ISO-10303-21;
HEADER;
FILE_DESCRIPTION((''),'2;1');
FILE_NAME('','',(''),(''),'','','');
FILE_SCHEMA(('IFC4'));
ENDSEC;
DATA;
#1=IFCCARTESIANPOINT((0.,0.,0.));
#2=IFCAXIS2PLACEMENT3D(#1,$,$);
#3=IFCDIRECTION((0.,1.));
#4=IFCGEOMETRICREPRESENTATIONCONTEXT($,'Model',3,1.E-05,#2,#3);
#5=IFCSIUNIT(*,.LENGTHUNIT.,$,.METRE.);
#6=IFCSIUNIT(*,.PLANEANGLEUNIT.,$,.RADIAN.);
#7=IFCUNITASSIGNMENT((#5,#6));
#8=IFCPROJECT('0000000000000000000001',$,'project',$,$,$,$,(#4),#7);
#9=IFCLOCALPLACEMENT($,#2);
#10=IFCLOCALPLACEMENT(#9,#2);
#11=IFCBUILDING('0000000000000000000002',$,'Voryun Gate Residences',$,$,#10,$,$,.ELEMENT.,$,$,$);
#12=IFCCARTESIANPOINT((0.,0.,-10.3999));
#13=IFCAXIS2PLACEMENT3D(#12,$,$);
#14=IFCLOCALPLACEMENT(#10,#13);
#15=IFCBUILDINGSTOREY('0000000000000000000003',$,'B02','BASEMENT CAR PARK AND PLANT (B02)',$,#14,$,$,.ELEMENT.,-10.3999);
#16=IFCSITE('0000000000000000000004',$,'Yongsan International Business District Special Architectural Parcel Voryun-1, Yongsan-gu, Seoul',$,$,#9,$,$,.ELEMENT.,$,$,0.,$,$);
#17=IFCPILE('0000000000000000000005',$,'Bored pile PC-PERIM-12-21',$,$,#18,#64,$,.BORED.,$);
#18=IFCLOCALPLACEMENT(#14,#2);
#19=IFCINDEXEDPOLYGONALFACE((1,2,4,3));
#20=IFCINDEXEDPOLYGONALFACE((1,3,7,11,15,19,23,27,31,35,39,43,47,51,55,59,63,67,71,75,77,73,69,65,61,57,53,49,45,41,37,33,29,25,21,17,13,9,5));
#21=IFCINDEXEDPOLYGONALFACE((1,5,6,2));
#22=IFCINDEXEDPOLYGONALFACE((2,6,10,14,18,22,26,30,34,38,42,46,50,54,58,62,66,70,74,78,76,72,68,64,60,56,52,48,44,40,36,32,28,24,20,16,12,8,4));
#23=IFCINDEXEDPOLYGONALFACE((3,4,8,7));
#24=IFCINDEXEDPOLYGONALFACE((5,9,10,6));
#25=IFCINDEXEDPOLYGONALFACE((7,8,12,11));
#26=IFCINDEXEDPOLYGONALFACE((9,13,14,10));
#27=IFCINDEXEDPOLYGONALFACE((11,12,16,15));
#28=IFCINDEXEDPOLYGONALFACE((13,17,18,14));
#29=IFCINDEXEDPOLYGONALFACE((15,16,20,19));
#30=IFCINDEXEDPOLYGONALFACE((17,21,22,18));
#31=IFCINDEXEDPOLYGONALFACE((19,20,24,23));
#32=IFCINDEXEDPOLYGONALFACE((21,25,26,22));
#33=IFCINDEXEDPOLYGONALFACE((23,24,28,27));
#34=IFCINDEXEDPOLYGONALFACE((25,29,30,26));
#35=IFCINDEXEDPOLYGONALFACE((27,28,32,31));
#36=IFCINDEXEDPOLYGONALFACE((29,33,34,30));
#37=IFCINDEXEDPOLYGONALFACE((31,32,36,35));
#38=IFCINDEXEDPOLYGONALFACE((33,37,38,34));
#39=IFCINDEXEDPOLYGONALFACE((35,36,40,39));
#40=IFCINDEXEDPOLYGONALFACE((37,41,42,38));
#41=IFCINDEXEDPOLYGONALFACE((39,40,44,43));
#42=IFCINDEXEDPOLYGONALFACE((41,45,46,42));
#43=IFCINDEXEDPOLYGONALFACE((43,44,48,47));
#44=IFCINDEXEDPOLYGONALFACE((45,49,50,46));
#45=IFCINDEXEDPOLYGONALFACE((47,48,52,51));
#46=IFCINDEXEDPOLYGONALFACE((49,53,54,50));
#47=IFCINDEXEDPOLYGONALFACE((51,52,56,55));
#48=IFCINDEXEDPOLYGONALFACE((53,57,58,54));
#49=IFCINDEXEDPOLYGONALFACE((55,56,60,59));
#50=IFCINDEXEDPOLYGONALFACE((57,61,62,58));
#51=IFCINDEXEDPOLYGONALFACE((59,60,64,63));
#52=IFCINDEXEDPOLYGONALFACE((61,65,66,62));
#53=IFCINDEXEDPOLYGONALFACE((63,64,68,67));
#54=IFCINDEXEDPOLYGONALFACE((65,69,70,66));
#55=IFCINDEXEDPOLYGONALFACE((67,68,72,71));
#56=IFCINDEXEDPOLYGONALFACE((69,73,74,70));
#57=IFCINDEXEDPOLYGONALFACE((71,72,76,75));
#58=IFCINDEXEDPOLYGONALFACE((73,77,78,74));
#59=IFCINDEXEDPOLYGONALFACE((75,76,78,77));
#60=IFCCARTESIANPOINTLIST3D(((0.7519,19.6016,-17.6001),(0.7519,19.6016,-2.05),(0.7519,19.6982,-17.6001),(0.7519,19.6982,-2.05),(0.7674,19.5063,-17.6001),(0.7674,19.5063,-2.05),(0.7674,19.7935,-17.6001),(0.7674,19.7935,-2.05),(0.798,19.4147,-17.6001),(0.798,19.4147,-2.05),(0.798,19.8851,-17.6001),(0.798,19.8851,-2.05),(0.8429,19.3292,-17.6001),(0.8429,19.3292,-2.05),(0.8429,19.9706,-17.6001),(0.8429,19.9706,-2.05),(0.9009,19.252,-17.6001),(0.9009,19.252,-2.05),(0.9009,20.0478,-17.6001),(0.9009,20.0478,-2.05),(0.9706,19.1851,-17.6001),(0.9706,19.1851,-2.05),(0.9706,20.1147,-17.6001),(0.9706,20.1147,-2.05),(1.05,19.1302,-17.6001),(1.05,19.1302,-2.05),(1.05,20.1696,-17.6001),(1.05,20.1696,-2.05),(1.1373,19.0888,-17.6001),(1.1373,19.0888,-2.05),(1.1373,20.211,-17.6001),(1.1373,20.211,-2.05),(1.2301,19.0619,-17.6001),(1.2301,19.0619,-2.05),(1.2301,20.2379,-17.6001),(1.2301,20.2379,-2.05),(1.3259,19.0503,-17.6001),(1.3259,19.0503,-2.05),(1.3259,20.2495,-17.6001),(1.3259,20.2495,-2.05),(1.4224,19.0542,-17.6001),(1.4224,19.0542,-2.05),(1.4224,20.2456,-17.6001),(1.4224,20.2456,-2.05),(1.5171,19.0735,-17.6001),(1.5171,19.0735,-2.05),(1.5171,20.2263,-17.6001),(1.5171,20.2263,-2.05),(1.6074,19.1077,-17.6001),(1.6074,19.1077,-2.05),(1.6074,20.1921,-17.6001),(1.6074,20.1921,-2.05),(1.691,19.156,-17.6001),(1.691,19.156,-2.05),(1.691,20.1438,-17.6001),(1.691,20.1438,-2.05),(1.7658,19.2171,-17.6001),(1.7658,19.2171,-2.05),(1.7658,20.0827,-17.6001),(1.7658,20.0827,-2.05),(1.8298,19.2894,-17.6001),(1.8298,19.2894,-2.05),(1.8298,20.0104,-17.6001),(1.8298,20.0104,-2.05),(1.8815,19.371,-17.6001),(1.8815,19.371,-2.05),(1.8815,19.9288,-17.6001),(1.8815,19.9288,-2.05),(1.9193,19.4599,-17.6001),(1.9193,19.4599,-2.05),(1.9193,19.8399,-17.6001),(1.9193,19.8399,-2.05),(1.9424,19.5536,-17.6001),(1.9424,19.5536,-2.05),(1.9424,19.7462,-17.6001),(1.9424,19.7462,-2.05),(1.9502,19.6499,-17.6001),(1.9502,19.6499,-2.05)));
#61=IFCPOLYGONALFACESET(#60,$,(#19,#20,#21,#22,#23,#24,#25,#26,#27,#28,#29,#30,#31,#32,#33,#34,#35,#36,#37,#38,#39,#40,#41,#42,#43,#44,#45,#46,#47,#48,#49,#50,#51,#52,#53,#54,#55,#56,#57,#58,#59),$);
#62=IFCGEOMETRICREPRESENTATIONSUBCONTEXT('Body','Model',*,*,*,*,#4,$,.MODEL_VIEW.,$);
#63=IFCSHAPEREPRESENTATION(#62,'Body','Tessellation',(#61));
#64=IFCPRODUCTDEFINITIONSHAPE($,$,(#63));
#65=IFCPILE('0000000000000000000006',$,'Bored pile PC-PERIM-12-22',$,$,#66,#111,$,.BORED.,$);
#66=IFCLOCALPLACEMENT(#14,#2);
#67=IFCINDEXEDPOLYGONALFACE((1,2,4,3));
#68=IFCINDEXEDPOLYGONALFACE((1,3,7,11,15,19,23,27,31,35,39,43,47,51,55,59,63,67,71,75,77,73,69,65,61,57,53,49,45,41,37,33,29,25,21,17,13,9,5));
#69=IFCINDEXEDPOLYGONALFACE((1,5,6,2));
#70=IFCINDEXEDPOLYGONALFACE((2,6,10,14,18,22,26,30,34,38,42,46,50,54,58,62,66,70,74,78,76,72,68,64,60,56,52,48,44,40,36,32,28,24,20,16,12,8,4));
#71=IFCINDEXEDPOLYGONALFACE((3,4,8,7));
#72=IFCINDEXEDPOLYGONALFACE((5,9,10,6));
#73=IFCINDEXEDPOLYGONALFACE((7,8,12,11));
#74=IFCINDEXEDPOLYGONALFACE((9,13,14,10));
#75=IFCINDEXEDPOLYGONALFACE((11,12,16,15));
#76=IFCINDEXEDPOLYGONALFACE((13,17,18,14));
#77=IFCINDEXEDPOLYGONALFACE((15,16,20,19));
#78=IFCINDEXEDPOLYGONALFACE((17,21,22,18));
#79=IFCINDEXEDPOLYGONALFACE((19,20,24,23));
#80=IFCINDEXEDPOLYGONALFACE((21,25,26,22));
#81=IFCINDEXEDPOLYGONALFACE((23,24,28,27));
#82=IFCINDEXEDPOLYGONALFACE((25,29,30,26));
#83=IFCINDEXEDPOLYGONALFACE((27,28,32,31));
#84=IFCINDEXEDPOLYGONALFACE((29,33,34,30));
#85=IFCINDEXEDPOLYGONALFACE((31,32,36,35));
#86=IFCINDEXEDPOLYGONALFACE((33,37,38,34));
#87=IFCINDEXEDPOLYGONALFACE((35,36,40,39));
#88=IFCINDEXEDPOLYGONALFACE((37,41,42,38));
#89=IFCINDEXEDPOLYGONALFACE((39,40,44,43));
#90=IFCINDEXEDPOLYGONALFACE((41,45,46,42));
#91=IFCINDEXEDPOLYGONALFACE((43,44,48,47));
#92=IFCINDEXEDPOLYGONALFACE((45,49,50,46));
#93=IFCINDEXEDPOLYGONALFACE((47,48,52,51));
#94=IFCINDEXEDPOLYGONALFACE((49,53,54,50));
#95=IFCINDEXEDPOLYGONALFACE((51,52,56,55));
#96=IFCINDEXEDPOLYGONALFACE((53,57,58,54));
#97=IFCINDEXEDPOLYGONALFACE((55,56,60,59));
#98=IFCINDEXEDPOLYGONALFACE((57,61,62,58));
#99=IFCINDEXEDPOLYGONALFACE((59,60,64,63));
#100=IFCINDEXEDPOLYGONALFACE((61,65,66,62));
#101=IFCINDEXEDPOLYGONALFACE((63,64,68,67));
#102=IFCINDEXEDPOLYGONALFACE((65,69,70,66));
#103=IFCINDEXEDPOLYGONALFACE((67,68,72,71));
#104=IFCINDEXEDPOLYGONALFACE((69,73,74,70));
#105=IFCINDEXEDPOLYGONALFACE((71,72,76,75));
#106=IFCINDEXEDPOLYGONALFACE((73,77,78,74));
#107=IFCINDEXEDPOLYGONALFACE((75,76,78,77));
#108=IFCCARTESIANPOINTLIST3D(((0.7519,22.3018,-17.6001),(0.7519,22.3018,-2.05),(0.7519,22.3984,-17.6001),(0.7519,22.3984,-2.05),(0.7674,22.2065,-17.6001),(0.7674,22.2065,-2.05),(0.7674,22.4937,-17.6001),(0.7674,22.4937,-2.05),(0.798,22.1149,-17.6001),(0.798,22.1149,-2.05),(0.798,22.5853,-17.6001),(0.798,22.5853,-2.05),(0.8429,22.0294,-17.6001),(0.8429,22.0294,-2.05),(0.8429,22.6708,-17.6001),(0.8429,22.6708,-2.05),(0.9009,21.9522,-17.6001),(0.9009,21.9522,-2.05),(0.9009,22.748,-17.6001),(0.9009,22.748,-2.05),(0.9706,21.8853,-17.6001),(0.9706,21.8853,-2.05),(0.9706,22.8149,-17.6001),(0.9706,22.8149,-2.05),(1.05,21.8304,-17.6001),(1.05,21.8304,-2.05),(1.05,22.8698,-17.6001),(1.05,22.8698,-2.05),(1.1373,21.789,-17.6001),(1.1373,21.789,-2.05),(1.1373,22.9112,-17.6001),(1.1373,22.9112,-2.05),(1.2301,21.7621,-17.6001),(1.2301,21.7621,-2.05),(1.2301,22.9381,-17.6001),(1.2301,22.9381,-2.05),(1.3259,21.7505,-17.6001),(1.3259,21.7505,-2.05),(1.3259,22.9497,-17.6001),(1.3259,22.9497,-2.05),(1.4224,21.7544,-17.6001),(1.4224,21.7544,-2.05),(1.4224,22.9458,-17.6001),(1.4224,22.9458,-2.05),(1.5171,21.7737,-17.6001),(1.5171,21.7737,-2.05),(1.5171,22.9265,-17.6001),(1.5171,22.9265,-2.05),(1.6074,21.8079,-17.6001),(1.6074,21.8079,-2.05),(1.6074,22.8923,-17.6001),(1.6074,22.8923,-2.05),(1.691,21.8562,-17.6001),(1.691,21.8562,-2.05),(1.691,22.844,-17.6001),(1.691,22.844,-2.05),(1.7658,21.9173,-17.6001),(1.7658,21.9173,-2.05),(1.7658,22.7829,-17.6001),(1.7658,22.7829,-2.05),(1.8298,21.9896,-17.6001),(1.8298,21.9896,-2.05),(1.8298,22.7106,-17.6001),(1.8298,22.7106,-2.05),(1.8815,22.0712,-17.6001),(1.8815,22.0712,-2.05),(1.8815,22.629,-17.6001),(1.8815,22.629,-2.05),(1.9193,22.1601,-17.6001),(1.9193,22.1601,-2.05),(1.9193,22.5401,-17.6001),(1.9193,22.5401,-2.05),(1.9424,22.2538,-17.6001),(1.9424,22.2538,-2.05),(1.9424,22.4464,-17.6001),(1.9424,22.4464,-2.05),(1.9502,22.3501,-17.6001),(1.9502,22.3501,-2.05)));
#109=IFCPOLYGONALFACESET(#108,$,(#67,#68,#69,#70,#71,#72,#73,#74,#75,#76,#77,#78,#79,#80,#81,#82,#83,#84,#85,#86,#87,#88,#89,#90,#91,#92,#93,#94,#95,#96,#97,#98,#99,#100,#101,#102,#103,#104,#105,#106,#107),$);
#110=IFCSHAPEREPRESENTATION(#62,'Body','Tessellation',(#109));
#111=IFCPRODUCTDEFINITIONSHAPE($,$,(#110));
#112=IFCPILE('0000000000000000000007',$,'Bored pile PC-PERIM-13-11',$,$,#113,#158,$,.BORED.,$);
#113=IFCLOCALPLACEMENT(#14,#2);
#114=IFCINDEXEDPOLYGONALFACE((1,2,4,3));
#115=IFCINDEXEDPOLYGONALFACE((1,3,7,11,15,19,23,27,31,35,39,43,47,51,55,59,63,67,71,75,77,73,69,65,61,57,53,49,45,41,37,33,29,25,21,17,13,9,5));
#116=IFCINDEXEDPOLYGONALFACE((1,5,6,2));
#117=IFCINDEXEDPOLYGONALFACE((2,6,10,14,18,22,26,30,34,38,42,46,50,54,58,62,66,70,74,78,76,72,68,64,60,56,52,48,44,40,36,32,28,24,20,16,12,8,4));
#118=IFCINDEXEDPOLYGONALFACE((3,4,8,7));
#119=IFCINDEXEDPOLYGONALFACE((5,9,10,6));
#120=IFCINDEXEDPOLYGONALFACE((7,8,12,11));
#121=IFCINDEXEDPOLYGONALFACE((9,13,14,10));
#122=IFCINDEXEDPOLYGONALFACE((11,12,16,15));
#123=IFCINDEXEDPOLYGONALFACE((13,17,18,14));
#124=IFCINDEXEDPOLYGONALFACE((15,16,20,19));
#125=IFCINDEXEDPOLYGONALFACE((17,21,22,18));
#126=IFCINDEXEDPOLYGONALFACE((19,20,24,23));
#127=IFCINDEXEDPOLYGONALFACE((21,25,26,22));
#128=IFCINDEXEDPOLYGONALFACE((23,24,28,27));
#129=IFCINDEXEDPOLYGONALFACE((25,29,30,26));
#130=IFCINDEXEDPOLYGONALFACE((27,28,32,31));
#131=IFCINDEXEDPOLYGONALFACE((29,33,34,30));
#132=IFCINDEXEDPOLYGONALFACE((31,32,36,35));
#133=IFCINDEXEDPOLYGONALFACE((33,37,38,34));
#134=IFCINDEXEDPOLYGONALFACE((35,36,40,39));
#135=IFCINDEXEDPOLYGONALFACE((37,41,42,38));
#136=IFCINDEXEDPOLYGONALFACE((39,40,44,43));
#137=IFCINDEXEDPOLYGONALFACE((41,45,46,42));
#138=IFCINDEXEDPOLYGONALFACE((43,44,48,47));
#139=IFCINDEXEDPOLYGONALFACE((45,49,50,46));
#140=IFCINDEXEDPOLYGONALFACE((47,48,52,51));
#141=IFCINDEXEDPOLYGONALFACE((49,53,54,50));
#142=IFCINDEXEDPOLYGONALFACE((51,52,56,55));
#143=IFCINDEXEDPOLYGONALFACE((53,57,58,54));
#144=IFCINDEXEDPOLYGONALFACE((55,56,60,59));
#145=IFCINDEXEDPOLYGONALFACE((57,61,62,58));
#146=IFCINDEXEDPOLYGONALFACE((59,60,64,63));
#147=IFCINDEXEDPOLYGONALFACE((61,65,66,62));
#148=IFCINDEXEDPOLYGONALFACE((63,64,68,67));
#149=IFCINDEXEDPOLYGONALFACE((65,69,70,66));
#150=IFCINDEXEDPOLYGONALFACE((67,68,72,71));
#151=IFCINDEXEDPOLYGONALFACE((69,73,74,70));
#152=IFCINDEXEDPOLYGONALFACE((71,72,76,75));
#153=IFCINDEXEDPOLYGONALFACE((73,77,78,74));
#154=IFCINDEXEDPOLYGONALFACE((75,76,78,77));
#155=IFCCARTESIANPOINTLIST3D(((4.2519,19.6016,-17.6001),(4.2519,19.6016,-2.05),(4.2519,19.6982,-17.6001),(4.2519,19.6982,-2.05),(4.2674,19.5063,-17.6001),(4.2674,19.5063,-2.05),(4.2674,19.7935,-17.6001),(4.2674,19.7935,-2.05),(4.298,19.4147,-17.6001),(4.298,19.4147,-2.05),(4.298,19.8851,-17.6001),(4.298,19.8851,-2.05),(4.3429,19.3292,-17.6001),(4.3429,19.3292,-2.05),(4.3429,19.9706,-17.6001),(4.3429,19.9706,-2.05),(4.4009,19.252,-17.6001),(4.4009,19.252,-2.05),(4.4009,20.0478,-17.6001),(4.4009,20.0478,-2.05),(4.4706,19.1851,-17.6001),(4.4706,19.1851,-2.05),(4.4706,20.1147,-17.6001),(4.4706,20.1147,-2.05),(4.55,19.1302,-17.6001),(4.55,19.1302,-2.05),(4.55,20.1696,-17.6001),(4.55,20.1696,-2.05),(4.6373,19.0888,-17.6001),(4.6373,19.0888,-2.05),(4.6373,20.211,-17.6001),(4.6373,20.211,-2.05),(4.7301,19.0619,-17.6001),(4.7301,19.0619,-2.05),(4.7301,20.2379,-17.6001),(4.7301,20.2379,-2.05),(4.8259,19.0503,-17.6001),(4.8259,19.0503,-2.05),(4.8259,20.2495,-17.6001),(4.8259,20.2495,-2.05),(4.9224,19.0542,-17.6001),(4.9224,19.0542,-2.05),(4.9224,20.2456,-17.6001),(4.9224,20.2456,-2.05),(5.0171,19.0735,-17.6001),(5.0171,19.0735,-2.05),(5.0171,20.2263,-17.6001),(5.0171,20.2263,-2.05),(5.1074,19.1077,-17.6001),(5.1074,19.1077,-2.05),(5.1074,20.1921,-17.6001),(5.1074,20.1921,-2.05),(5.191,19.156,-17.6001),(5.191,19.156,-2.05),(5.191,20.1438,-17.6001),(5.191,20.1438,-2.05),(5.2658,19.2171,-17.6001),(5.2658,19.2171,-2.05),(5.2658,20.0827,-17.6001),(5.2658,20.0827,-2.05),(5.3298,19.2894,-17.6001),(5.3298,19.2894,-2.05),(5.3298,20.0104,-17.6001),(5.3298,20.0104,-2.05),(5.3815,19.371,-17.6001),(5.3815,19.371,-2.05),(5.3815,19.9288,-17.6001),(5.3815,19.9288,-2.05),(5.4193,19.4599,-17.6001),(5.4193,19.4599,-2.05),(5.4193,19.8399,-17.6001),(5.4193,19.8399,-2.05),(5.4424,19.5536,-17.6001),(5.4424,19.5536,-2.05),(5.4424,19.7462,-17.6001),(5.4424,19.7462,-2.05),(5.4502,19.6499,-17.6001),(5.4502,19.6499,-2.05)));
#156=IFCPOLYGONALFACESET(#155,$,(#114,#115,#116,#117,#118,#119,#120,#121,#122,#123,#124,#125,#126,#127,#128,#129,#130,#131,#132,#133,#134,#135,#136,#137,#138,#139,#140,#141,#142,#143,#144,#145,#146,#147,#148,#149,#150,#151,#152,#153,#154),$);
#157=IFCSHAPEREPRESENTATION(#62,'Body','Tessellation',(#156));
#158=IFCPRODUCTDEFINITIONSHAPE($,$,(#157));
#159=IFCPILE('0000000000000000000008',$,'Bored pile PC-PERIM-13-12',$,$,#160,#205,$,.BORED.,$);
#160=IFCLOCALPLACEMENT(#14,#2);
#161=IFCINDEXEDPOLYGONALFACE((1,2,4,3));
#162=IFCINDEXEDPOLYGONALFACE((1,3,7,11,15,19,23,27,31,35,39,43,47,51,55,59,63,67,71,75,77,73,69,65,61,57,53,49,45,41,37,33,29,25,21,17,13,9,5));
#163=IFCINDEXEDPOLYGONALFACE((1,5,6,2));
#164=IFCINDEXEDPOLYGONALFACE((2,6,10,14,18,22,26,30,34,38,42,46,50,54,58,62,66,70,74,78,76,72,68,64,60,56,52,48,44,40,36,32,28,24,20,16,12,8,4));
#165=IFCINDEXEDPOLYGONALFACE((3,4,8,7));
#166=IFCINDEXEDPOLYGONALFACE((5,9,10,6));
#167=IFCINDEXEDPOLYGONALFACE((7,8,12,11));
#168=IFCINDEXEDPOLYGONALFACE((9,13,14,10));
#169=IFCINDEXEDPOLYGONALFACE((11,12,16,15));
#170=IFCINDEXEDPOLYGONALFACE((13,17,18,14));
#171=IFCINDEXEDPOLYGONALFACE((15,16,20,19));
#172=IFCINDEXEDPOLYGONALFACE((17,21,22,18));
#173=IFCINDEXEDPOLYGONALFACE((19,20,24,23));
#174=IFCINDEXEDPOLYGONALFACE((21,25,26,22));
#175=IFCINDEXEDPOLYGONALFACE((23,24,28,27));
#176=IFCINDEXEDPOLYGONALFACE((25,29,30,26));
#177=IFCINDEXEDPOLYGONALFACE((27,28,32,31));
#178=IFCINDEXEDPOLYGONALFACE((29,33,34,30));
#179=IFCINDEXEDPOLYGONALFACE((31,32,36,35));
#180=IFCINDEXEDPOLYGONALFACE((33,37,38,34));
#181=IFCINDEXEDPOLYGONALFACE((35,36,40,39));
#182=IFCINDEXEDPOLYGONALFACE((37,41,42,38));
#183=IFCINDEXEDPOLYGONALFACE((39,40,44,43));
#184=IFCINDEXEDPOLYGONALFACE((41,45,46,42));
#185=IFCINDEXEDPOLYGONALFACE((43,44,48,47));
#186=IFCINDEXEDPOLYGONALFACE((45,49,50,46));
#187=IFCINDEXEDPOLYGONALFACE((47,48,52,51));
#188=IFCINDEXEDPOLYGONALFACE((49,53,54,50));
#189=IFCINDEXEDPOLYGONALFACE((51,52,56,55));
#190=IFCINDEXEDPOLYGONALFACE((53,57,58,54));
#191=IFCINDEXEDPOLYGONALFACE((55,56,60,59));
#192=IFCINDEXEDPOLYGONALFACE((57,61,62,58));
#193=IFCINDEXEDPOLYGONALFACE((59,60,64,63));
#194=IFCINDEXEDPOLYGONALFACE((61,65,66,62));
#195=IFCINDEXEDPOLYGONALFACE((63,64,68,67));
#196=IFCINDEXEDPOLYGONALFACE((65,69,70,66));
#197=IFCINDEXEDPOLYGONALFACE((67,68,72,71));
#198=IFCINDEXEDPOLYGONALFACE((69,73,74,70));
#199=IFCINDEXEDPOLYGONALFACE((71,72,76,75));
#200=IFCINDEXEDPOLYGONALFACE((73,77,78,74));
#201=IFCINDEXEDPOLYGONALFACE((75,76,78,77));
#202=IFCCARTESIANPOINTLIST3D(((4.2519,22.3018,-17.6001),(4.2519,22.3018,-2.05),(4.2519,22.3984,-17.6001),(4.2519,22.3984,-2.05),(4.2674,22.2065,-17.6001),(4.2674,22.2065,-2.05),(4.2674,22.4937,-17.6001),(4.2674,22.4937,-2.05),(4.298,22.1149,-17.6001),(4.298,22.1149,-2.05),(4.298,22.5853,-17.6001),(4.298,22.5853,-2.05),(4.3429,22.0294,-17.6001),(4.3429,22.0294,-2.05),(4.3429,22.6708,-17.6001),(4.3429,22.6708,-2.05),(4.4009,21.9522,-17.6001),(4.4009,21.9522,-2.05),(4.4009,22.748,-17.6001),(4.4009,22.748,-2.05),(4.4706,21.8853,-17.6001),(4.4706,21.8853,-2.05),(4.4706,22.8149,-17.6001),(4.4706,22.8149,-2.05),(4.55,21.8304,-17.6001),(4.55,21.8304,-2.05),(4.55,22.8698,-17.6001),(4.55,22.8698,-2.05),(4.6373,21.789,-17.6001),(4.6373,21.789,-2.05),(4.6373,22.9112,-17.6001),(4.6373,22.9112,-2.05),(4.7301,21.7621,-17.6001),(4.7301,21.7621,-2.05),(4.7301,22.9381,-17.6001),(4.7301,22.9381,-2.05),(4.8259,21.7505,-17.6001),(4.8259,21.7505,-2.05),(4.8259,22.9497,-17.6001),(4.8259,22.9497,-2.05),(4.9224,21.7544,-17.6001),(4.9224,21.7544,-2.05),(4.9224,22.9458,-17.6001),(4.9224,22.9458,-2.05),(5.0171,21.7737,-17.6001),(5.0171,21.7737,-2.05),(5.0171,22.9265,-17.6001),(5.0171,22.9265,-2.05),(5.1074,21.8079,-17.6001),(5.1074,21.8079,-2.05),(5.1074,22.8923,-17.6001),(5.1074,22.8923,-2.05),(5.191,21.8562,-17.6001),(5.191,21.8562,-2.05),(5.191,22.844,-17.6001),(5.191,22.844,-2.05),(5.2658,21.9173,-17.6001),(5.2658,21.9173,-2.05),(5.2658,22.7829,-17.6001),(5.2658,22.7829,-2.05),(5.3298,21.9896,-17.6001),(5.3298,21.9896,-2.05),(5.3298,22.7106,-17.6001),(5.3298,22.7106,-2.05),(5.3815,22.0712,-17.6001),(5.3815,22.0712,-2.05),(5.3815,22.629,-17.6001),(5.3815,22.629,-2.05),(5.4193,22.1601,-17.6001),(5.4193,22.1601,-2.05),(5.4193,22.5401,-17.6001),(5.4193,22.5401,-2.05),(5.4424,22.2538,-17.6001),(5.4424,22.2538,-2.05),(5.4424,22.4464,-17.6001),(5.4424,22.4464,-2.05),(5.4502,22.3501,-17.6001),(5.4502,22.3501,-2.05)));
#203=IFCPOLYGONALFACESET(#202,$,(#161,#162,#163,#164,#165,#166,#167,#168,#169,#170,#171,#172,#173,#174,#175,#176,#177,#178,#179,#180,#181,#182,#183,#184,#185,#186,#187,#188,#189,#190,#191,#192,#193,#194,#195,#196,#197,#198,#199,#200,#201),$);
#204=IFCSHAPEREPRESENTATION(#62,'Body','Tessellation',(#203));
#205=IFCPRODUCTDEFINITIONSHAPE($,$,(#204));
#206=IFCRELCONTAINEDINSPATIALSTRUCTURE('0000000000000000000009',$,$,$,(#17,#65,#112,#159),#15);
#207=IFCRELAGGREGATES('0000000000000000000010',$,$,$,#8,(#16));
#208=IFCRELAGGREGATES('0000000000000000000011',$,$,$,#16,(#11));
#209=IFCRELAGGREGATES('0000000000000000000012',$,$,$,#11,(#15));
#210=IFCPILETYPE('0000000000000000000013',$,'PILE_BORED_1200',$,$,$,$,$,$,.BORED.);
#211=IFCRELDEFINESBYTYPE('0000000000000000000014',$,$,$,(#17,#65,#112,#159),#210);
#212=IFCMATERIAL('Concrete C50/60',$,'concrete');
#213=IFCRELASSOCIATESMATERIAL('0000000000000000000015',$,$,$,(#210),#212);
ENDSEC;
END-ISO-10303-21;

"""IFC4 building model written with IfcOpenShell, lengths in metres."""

from ifc_helpers import new_model, si_unit, direction, frame, origin, origin_2d, place, context, subcontext, project, spatial, circle, extrude, material, material_profile, profile_set, type_object, element, save


model = new_model("IFC4")

# Units and contexts
model_context = context("Model", 3, precision=1e-05, world=origin(), true_north=direction((0.0, 1.0)))
body_context = subcontext(model_context, "Body", "Model", "MODEL_VIEW")
ifc_project = project(units=[si_unit("LENGTHUNIT", "METRE"), si_unit("PLANEANGLEUNIT", "RADIAN")], contexts=[model_context])

# Site, building, storey
site_placement = place(None, origin())
site = spatial("IfcSite", under=ifc_project, at=site_placement, Name="Yongsan International Business District Special Architectural Parcel Voryun-1, Yongsan-gu, Seoul", CompositionType="ELEMENT", RefElevation=0.0)
building_placement = place(site_placement, origin())
building = spatial("IfcBuilding", under=site, at=building_placement, Name="Voryun Gate Residences", CompositionType="ELEMENT")
storey_placement = place(building_placement, frame((0.0, 0.0, -10.3999)))
storey = spatial("IfcBuildingStorey", under=building, at=storey_placement, Name="B02", Description="BASEMENT CAR PARK AND PLANT (B02)", CompositionType="ELEMENT", Elevation=-10.3999)

# Piles
ifc_material_1 = material(Name="Concrete C50/60", Category="concrete")
ifc_material_profile_1 = material_profile(ifc_material_1, circle(Radius=0.6001, at=origin_2d()), Name="PILE-D1200")
ifc_profile_set_1 = profile_set([ifc_material_profile_1], Name="Concrete C50/60")
pile_type_1 = type_object("IfcPileType", Name="PILE_BORED_1200", PredefinedType="BORED", material=ifc_profile_set_1)
for number, where, z_axis, x_axis, name in (
    (1, (1.3501, 19.6499, -2.05), (0.0, 0.0, -1.0), (1.0, 0.0, 0.0), "Bored pile PC-PERIM-12-21"),
    (2, (1.3501, 22.3501, -2.05), (0.0, 0.0, -1.0), (1.0, 0.0, 0.0), "Bored pile PC-PERIM-12-22"),
    (3, (4.8501, 19.6499, -2.05), (0.0, 0.0, -1.0), (1.0, 0.0, 0.0), "Bored pile PC-PERIM-13-11"),
    (4, (4.8501, 22.3501, -2.05), (0.0, 0.0, -1.0), (1.0, 0.0, 0.0), "Bored pile PC-PERIM-13-12"),
):
    element("IfcPile", number, at=place(storey_placement, frame(where, z_axis=z_axis, x_axis=x_axis)), inside=storey, type_object=pile_type_1, Name=name, PredefinedType="BORED", context=body_context, shape_type="SweptSolid", body=[
        extrude(circle(Radius=0.6001, at=origin_2d()), origin(), (0.0, 0.0, 1.0), 15.55),
    ])

save(model, "model.ifc")
